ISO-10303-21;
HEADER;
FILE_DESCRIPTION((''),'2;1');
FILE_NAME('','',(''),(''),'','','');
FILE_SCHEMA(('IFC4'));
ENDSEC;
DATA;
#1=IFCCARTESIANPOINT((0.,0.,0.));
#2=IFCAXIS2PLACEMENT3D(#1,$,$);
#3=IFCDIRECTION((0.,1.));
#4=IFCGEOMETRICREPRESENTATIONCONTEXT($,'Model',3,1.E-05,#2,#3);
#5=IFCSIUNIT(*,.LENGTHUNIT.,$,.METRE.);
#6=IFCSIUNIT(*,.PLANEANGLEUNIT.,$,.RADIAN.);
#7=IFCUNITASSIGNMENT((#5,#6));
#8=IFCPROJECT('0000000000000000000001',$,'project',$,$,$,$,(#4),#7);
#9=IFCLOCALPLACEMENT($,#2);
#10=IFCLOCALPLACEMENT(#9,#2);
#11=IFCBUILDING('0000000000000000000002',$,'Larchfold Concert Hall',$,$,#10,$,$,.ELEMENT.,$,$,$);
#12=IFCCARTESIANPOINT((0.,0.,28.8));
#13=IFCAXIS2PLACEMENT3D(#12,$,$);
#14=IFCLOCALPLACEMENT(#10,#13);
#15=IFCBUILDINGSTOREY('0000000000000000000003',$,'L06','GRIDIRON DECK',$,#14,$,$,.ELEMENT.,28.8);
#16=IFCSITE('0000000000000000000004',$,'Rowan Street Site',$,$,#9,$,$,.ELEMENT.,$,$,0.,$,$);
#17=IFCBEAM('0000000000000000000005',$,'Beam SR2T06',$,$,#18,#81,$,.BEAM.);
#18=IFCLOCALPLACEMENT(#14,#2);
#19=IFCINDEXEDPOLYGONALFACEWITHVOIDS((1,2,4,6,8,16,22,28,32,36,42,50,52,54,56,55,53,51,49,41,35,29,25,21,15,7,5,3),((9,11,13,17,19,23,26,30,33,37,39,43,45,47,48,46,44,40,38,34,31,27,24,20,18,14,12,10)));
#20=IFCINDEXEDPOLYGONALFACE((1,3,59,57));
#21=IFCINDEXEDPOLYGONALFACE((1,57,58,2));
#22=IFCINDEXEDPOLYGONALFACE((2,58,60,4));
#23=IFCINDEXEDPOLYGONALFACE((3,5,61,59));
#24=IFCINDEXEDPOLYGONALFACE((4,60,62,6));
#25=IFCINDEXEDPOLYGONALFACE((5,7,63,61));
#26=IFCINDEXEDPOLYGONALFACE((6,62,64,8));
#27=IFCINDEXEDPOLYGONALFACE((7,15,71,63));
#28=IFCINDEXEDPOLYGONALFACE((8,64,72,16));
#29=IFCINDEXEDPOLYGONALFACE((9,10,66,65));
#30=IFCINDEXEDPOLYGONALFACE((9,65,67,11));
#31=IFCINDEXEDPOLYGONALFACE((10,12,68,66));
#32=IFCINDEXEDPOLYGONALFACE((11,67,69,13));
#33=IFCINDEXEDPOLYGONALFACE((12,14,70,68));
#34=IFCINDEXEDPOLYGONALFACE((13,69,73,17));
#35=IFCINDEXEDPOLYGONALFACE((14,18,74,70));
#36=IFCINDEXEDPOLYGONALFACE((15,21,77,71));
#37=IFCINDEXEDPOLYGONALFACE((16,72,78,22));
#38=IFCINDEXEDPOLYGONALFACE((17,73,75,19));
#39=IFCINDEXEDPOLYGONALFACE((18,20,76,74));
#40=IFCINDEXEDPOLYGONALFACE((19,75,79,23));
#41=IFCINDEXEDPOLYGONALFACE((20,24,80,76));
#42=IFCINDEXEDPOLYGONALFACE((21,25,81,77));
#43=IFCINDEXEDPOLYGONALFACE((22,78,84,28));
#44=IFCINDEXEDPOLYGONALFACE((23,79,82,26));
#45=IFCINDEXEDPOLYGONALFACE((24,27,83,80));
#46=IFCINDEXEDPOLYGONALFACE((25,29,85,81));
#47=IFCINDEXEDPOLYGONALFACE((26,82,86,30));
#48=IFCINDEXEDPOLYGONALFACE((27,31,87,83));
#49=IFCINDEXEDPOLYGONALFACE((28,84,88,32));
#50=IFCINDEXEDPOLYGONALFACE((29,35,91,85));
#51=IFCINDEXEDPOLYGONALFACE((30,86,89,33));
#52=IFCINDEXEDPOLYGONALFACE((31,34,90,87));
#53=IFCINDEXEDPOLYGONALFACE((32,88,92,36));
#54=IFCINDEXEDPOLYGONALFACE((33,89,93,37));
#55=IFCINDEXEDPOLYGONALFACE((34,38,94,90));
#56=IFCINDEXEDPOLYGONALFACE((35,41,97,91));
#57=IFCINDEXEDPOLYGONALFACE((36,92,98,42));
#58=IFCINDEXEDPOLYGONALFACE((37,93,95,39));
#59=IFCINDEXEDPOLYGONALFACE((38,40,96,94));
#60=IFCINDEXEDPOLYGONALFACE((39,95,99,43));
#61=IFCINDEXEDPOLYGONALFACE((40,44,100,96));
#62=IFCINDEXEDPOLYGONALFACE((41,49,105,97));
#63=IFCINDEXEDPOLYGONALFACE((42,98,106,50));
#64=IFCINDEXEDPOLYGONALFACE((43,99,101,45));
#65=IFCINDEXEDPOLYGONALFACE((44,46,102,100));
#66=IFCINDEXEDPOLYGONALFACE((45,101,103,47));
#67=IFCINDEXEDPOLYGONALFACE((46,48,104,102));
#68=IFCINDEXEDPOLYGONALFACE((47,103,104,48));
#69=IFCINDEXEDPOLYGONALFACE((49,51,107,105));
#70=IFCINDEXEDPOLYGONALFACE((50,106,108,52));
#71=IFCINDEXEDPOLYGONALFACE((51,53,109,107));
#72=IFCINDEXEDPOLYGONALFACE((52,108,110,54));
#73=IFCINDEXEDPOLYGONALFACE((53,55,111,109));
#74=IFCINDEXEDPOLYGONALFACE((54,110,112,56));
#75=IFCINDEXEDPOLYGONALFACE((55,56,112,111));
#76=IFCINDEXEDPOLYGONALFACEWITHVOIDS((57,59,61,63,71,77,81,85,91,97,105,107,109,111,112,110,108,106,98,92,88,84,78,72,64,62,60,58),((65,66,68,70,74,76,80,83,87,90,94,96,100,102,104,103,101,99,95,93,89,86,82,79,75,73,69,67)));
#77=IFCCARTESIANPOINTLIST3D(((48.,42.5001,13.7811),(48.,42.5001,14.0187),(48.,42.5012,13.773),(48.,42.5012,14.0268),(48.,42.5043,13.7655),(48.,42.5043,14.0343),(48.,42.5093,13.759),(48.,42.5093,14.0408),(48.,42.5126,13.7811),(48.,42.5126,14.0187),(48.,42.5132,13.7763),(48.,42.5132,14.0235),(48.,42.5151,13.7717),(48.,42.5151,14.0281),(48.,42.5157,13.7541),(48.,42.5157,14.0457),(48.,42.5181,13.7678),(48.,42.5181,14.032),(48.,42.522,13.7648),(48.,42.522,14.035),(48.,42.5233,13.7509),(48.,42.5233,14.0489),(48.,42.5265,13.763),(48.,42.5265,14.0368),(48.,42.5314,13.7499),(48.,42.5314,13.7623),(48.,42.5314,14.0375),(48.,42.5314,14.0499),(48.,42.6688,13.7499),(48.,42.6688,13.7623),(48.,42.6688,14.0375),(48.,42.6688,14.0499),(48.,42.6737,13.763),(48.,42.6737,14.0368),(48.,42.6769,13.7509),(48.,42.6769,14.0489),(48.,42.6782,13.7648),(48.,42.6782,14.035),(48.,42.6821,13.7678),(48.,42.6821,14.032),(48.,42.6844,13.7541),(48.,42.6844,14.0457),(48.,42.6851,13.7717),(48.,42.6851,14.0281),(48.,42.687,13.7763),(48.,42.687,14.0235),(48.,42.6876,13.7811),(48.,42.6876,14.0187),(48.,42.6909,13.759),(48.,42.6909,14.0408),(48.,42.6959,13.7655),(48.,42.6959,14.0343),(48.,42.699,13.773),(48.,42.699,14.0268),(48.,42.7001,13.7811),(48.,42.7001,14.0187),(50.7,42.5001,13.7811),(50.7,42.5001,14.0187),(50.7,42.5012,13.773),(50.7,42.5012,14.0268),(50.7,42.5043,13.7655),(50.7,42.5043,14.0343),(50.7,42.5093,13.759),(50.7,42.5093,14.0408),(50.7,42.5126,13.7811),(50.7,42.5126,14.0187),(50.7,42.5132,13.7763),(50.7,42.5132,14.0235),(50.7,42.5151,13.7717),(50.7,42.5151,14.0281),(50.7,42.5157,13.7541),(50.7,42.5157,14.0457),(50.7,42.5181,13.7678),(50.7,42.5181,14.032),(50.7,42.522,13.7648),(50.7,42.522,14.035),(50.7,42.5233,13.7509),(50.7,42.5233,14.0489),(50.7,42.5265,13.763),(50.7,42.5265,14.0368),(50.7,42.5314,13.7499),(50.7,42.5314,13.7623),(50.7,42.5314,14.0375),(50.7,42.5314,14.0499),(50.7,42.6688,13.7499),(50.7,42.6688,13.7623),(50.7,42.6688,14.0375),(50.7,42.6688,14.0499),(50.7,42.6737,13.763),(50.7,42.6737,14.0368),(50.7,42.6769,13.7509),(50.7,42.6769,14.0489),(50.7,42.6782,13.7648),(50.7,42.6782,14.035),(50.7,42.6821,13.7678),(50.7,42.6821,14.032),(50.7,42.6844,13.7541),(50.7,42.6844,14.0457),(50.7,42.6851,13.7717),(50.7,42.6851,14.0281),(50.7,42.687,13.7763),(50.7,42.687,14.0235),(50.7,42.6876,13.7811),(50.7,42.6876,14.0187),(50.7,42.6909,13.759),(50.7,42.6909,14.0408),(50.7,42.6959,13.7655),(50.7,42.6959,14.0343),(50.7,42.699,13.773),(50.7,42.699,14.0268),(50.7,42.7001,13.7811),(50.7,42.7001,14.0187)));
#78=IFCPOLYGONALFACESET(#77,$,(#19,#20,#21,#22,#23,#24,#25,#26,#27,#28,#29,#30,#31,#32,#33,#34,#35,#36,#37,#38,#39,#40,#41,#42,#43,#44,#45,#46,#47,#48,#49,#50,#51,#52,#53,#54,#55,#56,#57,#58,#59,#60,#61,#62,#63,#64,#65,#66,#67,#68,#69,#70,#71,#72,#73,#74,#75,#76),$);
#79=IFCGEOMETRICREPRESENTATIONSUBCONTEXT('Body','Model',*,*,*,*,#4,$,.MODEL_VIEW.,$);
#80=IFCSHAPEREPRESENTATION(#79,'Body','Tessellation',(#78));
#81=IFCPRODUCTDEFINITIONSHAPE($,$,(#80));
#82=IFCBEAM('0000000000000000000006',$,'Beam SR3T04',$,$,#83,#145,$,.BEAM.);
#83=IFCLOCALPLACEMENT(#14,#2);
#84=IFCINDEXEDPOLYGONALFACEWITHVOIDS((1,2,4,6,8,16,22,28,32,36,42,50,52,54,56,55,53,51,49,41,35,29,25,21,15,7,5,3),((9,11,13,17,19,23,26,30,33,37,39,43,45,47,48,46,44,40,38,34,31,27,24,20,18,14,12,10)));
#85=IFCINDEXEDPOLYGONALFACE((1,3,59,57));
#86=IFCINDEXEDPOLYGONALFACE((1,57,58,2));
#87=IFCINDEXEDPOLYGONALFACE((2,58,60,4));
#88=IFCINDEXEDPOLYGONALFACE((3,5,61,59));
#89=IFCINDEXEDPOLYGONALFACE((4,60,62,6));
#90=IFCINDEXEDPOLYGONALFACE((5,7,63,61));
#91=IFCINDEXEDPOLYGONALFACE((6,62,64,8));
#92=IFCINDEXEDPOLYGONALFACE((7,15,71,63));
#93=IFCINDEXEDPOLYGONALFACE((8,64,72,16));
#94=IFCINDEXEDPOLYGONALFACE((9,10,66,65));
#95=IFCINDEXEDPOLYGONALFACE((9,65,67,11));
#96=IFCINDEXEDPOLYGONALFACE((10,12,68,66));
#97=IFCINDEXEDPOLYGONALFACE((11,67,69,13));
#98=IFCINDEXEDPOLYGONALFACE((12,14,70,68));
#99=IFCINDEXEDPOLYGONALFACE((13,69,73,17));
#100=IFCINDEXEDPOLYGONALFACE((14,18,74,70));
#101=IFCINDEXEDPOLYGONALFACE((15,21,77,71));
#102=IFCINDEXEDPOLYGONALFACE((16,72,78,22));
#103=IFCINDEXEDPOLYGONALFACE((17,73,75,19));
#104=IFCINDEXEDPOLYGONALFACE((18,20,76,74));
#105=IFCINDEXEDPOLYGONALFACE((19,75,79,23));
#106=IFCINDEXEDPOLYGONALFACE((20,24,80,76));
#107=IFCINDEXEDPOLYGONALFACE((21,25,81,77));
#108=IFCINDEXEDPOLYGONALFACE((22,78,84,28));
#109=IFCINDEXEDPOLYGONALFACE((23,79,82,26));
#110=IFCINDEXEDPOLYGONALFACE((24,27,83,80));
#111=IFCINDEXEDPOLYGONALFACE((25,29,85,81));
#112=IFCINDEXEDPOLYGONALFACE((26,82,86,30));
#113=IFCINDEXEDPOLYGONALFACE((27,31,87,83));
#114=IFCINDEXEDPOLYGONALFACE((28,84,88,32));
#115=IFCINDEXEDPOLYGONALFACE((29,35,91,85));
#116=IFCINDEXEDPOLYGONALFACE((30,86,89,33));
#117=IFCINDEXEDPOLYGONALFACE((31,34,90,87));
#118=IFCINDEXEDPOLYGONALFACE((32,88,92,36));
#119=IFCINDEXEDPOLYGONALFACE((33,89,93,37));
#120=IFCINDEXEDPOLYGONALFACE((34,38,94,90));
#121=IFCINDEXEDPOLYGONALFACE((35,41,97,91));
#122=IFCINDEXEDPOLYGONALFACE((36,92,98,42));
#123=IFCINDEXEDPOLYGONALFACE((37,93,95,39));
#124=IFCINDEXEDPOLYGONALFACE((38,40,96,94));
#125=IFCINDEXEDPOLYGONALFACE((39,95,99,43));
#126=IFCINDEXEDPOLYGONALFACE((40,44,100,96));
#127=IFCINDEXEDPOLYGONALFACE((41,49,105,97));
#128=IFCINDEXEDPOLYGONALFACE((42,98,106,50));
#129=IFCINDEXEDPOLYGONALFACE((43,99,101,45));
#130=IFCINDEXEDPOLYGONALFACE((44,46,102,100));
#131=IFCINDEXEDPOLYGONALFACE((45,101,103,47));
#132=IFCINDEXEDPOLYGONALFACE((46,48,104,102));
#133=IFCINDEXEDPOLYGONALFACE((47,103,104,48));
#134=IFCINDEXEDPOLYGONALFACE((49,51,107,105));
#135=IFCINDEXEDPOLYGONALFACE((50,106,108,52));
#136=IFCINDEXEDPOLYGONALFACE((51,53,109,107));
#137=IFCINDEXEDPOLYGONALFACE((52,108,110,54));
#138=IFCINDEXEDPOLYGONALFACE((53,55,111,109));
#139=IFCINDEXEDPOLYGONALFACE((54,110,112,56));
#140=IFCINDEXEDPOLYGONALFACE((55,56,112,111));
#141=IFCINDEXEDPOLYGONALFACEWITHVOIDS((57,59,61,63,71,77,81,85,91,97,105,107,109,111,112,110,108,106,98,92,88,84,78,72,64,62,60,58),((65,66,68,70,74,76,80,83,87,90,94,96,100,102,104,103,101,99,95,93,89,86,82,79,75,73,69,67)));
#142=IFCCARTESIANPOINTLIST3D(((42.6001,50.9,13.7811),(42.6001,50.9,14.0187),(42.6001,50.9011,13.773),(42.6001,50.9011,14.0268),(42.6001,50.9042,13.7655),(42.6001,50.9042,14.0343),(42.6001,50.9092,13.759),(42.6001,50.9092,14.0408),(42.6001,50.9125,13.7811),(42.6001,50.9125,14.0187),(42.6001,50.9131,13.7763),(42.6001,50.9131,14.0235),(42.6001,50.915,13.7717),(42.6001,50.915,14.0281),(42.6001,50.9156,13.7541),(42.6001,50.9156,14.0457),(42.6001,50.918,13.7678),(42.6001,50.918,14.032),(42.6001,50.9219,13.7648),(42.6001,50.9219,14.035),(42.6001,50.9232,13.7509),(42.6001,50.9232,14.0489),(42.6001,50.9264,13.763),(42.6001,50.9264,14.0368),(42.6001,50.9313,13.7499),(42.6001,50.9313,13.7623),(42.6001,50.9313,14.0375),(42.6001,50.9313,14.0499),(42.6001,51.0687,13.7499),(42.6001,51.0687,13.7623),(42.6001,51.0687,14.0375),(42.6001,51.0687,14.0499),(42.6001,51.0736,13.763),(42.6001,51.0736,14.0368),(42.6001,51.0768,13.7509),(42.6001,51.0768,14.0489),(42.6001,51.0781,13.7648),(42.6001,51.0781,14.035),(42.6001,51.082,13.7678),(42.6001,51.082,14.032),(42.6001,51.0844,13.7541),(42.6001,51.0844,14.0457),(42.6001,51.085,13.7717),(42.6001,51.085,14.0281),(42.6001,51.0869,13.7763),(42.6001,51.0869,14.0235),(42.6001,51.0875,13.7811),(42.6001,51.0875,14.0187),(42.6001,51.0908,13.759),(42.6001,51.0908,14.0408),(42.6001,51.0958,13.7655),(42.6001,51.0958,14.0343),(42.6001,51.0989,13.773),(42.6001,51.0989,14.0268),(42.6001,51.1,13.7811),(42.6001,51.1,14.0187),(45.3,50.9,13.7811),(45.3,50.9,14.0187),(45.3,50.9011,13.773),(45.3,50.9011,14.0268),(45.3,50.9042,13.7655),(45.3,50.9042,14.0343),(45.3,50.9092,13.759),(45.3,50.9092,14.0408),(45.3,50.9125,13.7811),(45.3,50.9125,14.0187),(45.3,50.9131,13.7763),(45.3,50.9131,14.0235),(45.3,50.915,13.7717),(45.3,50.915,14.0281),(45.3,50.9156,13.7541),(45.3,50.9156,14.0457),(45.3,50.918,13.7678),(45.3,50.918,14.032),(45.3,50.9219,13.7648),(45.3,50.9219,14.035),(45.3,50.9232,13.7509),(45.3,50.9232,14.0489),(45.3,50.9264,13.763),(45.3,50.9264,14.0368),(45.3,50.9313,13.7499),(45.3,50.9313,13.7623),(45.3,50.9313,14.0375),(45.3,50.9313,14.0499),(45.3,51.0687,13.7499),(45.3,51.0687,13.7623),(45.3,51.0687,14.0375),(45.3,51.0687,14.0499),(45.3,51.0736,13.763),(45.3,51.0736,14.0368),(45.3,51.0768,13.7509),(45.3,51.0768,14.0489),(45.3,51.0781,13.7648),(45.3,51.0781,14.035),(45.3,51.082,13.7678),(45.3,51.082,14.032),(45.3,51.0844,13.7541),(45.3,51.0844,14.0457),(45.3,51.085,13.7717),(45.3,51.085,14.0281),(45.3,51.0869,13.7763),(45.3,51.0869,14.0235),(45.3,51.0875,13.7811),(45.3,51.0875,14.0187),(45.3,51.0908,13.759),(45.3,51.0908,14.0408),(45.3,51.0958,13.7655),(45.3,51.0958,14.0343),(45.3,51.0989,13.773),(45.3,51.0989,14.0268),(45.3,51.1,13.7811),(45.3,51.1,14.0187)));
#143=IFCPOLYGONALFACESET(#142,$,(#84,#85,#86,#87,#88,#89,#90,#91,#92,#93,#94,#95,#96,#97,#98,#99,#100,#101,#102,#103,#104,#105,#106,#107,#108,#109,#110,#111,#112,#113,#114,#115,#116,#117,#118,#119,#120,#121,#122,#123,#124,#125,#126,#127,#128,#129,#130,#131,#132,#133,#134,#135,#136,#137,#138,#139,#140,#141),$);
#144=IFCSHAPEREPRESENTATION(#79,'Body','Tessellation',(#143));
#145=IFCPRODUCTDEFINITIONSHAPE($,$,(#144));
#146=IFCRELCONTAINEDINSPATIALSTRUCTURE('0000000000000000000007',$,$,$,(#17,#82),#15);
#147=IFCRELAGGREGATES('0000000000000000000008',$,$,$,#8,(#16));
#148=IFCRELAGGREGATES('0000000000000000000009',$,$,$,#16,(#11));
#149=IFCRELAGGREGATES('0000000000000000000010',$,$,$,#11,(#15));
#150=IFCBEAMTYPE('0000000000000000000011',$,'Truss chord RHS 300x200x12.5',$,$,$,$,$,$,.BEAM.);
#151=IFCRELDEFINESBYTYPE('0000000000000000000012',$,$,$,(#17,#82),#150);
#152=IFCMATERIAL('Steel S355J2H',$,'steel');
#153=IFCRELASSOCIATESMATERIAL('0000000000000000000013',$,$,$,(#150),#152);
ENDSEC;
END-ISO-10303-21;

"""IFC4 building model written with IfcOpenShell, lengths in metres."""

from ifc_helpers import new_model, si_unit, direction, frame, origin, origin_2d, place, context, subcontext, project, spatial, hollow_rectangle, extrude, material, material_profile, profile_set, type_object, element, save


model = new_model("IFC4")

# Units and contexts
model_context = context("Model", 3, precision=1e-05, world=origin(), true_north=direction((0.0, 1.0)))
body_context = subcontext(model_context, "Body", "Model", "MODEL_VIEW")
ifc_project = project(units=[si_unit("LENGTHUNIT", "METRE"), si_unit("PLANEANGLEUNIT", "RADIAN")], contexts=[model_context])

# Site, building, storey
site_placement = place(None, origin())
site = spatial("IfcSite", under=ifc_project, at=site_placement, Name="Rowan Street Site", CompositionType="ELEMENT", RefElevation=0.0)
building_placement = place(site_placement, origin())
building = spatial("IfcBuilding", under=site, at=building_placement, Name="Larchfold Concert Hall", CompositionType="ELEMENT")
storey_placement = place(building_placement, frame((0.0, 0.0, 28.8)))
storey = spatial("IfcBuildingStorey", under=building, at=storey_placement, Name="L06", Description="GRIDIRON DECK", CompositionType="ELEMENT", Elevation=28.8)

# Beams
ifc_material_1 = material(Name="Steel S355J2H", Category="steel")
ifc_material_profile_1 = material_profile(ifc_material_1, hollow_rectangle(XDim=0.2, YDim=0.3, WallThickness=0.0125, InnerFilletRadius=0.0188, OuterFilletRadius=0.0312, at=origin_2d()))
ifc_profile_set_1 = profile_set([ifc_material_profile_1], Name="Steel S355J2H")
beam_type_1 = type_object("IfcBeamType", Name="Truss chord RHS 300x200x12.5", PredefinedType="BEAM", material=ifc_profile_set_1)
for number, where, z_axis, x_axis, name in (
    (1, (48.0, 42.6001, 13.8999), (1.0, 0.0, 0.0), (0.0, 1.0, 0.0), "Beam SR2T06"),
    (2, (42.6001, 51.0, 13.8999), (1.0, 0.0, 0.0), (0.0, 1.0, 0.0), "Beam SR3T04"),
):
    element("IfcBeam", number, at=place(storey_placement, frame(where, z_axis=z_axis, x_axis=x_axis)), inside=storey, type_object=beam_type_1, Name=name, PredefinedType="BEAM", context=body_context, shape_type="SweptSolid", body=[
        extrude(hollow_rectangle(XDim=0.2, YDim=0.3, WallThickness=0.0125, InnerFilletRadius=0.0188, OuterFilletRadius=0.0312, at=origin_2d()), origin(), (0.0, 0.0, 1.0), 2.7),
    ])

save(model, "model.ifc")
